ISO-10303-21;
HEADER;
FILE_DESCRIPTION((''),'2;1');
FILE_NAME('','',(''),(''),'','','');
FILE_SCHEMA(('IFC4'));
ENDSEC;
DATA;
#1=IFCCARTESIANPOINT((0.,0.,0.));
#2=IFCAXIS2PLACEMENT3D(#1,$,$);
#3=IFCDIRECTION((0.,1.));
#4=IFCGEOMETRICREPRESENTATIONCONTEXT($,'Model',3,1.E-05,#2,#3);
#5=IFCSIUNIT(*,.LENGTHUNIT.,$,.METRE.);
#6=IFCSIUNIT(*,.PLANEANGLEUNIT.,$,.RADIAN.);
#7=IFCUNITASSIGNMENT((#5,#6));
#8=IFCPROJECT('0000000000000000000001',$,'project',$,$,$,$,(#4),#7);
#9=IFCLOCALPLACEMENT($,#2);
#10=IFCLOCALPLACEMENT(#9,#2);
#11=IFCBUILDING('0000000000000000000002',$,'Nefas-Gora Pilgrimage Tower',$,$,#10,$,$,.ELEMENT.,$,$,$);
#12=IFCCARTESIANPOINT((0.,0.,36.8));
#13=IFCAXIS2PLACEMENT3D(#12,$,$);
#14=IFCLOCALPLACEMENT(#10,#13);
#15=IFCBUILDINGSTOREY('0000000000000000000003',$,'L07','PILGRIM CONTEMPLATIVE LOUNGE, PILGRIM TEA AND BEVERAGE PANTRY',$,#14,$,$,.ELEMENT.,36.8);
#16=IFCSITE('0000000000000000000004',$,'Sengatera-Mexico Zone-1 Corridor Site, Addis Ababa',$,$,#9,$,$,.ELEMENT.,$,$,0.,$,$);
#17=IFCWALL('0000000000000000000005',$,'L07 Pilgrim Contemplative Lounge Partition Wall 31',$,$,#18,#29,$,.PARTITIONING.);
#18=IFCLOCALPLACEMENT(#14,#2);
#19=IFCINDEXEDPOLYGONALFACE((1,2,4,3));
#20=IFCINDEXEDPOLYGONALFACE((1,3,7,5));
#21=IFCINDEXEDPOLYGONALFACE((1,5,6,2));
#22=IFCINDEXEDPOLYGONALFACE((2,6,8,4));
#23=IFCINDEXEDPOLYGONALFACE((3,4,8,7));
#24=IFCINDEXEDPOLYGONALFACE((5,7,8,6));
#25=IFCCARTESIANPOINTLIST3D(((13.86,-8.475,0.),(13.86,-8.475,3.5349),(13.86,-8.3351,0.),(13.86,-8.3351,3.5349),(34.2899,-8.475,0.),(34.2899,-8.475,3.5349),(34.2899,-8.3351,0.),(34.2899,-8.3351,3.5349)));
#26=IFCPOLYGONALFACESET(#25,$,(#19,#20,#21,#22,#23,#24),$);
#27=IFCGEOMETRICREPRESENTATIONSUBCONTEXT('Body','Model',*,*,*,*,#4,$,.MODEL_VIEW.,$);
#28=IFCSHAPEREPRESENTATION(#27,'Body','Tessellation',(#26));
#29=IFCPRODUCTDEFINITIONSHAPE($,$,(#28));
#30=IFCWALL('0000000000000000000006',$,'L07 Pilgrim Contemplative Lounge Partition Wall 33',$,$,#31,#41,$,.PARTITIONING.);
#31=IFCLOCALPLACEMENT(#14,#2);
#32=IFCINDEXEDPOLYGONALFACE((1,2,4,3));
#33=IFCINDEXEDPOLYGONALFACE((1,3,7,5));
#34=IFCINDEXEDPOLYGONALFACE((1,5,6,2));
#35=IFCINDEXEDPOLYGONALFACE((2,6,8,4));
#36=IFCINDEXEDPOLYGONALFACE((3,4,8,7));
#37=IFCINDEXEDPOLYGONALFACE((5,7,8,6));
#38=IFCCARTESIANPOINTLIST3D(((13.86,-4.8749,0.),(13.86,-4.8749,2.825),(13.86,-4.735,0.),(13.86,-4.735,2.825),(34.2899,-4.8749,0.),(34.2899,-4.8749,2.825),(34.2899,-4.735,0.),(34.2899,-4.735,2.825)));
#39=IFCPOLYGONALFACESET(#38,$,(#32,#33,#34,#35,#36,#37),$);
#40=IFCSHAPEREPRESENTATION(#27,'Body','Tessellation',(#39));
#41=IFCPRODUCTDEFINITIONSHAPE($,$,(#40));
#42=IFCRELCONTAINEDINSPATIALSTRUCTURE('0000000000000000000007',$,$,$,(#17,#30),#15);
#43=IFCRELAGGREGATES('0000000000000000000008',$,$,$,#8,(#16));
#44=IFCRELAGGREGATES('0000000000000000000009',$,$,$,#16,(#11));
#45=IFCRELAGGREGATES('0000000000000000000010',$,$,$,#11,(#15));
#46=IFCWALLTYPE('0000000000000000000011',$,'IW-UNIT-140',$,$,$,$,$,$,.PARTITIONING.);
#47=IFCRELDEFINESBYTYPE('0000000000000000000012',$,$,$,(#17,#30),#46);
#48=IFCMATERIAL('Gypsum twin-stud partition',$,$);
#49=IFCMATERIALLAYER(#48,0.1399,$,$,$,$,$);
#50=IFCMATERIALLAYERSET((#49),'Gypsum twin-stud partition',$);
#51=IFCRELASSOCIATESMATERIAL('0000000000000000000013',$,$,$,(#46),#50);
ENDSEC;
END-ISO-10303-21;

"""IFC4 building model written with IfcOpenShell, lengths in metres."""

from ifc_helpers import new_model, si_unit, direction, frame, frame_2d, origin, place, context, subcontext, project, spatial, rectangle, extrude, source, transform, mapped, material, layer, layer_set, type_object, element, save


model = new_model("IFC4")

# Units and contexts
model_context = context("Model", 3, precision=1e-05, world=origin(), true_north=direction((0.0, 1.0)))
body_context = subcontext(model_context, "Body", "Model", "MODEL_VIEW")
ifc_project = project(units=[si_unit("LENGTHUNIT", "METRE"), si_unit("PLANEANGLEUNIT", "RADIAN")], contexts=[model_context])

# Site, building, storey
site_placement = place(None, origin())
site = spatial("IfcSite", under=ifc_project, at=site_placement, Name="Sengatera-Mexico Zone-1 Corridor Site, Addis Ababa", CompositionType="ELEMENT", RefElevation=0.0)
building_placement = place(site_placement, origin())
building = spatial("IfcBuilding", under=site, at=building_placement, Name="Nefas-Gora Pilgrimage Tower", CompositionType="ELEMENT")
storey_placement = place(building_placement, frame((0.0, 0.0, 36.8)))
storey = spatial("IfcBuildingStorey", under=building, at=storey_placement, Name="L07", Description="PILGRIM CONTEMPLATIVE LOUNGE, PILGRIM TEA AND BEVERAGE PANTRY", CompositionType="ELEMENT", Elevation=36.8)

# Walls
ifc_material_1 = material(Name="Gypsum twin-stud partition")
ifc_layer = layer(ifc_material_1, 0.1399)
ifc_layer_set = layer_set([ifc_layer], Name="Gypsum twin-stud partition")
wall_type = type_object("IfcWallType", Name="IW-UNIT-140", PredefinedType="PARTITIONING", material=ifc_layer_set)
shared_shape_1 = source(origin(), body_context, "Body", "SweptSolid", [
    extrude(rectangle(XDim=20.4299, YDim=0.1399, at=frame_2d((10.2148, 0.0))), origin(), (0.0, 0.0, 1.0), 3.5349),
])
wall_1_placement = place(storey_placement, frame((13.8601, -8.405, 0.0), z_axis=(0.0, 0.0, 1.0), x_axis=(1.0, 0.0, 0.0)))
element("IfcWall", 1, at=wall_1_placement, inside=storey, type_object=wall_type, Name="L07 Pilgrim Contemplative Lounge Partition Wall 31", PredefinedType="PARTITIONING", context=body_context, shape_type="MappedRepresentation", body=[
    mapped(shared_shape_1, transform((0.0, 0.0, 0.0), x_axis=(1.0, 0.0, 0.0), y_axis=(0.0, 1.0, 0.0), z_axis=(0.0, 0.0, 1.0), scale=1.0)),
])
shared_shape_2 = source(origin(), body_context, "Body", "SweptSolid", [
    extrude(rectangle(XDim=20.4299, YDim=0.1399, at=frame_2d((10.2148, 0.0))), origin(), (0.0, 0.0, 1.0), 2.825),
])
wall_2_placement = place(storey_placement, frame((13.8601, -4.8049, 0.0), z_axis=(0.0, 0.0, 1.0), x_axis=(1.0, 0.0, 0.0)))
element("IfcWall", 2, at=wall_2_placement, inside=storey, type_object=wall_type, Name="L07 Pilgrim Contemplative Lounge Partition Wall 33", PredefinedType="PARTITIONING", context=body_context, shape_type="MappedRepresentation", body=[
    mapped(shared_shape_2, transform((0.0, 0.0, 0.0), x_axis=(1.0, 0.0, 0.0), y_axis=(0.0, 1.0, 0.0), z_axis=(0.0, 0.0, 1.0), scale=1.0)),
])

save(model, "model.ifc")
